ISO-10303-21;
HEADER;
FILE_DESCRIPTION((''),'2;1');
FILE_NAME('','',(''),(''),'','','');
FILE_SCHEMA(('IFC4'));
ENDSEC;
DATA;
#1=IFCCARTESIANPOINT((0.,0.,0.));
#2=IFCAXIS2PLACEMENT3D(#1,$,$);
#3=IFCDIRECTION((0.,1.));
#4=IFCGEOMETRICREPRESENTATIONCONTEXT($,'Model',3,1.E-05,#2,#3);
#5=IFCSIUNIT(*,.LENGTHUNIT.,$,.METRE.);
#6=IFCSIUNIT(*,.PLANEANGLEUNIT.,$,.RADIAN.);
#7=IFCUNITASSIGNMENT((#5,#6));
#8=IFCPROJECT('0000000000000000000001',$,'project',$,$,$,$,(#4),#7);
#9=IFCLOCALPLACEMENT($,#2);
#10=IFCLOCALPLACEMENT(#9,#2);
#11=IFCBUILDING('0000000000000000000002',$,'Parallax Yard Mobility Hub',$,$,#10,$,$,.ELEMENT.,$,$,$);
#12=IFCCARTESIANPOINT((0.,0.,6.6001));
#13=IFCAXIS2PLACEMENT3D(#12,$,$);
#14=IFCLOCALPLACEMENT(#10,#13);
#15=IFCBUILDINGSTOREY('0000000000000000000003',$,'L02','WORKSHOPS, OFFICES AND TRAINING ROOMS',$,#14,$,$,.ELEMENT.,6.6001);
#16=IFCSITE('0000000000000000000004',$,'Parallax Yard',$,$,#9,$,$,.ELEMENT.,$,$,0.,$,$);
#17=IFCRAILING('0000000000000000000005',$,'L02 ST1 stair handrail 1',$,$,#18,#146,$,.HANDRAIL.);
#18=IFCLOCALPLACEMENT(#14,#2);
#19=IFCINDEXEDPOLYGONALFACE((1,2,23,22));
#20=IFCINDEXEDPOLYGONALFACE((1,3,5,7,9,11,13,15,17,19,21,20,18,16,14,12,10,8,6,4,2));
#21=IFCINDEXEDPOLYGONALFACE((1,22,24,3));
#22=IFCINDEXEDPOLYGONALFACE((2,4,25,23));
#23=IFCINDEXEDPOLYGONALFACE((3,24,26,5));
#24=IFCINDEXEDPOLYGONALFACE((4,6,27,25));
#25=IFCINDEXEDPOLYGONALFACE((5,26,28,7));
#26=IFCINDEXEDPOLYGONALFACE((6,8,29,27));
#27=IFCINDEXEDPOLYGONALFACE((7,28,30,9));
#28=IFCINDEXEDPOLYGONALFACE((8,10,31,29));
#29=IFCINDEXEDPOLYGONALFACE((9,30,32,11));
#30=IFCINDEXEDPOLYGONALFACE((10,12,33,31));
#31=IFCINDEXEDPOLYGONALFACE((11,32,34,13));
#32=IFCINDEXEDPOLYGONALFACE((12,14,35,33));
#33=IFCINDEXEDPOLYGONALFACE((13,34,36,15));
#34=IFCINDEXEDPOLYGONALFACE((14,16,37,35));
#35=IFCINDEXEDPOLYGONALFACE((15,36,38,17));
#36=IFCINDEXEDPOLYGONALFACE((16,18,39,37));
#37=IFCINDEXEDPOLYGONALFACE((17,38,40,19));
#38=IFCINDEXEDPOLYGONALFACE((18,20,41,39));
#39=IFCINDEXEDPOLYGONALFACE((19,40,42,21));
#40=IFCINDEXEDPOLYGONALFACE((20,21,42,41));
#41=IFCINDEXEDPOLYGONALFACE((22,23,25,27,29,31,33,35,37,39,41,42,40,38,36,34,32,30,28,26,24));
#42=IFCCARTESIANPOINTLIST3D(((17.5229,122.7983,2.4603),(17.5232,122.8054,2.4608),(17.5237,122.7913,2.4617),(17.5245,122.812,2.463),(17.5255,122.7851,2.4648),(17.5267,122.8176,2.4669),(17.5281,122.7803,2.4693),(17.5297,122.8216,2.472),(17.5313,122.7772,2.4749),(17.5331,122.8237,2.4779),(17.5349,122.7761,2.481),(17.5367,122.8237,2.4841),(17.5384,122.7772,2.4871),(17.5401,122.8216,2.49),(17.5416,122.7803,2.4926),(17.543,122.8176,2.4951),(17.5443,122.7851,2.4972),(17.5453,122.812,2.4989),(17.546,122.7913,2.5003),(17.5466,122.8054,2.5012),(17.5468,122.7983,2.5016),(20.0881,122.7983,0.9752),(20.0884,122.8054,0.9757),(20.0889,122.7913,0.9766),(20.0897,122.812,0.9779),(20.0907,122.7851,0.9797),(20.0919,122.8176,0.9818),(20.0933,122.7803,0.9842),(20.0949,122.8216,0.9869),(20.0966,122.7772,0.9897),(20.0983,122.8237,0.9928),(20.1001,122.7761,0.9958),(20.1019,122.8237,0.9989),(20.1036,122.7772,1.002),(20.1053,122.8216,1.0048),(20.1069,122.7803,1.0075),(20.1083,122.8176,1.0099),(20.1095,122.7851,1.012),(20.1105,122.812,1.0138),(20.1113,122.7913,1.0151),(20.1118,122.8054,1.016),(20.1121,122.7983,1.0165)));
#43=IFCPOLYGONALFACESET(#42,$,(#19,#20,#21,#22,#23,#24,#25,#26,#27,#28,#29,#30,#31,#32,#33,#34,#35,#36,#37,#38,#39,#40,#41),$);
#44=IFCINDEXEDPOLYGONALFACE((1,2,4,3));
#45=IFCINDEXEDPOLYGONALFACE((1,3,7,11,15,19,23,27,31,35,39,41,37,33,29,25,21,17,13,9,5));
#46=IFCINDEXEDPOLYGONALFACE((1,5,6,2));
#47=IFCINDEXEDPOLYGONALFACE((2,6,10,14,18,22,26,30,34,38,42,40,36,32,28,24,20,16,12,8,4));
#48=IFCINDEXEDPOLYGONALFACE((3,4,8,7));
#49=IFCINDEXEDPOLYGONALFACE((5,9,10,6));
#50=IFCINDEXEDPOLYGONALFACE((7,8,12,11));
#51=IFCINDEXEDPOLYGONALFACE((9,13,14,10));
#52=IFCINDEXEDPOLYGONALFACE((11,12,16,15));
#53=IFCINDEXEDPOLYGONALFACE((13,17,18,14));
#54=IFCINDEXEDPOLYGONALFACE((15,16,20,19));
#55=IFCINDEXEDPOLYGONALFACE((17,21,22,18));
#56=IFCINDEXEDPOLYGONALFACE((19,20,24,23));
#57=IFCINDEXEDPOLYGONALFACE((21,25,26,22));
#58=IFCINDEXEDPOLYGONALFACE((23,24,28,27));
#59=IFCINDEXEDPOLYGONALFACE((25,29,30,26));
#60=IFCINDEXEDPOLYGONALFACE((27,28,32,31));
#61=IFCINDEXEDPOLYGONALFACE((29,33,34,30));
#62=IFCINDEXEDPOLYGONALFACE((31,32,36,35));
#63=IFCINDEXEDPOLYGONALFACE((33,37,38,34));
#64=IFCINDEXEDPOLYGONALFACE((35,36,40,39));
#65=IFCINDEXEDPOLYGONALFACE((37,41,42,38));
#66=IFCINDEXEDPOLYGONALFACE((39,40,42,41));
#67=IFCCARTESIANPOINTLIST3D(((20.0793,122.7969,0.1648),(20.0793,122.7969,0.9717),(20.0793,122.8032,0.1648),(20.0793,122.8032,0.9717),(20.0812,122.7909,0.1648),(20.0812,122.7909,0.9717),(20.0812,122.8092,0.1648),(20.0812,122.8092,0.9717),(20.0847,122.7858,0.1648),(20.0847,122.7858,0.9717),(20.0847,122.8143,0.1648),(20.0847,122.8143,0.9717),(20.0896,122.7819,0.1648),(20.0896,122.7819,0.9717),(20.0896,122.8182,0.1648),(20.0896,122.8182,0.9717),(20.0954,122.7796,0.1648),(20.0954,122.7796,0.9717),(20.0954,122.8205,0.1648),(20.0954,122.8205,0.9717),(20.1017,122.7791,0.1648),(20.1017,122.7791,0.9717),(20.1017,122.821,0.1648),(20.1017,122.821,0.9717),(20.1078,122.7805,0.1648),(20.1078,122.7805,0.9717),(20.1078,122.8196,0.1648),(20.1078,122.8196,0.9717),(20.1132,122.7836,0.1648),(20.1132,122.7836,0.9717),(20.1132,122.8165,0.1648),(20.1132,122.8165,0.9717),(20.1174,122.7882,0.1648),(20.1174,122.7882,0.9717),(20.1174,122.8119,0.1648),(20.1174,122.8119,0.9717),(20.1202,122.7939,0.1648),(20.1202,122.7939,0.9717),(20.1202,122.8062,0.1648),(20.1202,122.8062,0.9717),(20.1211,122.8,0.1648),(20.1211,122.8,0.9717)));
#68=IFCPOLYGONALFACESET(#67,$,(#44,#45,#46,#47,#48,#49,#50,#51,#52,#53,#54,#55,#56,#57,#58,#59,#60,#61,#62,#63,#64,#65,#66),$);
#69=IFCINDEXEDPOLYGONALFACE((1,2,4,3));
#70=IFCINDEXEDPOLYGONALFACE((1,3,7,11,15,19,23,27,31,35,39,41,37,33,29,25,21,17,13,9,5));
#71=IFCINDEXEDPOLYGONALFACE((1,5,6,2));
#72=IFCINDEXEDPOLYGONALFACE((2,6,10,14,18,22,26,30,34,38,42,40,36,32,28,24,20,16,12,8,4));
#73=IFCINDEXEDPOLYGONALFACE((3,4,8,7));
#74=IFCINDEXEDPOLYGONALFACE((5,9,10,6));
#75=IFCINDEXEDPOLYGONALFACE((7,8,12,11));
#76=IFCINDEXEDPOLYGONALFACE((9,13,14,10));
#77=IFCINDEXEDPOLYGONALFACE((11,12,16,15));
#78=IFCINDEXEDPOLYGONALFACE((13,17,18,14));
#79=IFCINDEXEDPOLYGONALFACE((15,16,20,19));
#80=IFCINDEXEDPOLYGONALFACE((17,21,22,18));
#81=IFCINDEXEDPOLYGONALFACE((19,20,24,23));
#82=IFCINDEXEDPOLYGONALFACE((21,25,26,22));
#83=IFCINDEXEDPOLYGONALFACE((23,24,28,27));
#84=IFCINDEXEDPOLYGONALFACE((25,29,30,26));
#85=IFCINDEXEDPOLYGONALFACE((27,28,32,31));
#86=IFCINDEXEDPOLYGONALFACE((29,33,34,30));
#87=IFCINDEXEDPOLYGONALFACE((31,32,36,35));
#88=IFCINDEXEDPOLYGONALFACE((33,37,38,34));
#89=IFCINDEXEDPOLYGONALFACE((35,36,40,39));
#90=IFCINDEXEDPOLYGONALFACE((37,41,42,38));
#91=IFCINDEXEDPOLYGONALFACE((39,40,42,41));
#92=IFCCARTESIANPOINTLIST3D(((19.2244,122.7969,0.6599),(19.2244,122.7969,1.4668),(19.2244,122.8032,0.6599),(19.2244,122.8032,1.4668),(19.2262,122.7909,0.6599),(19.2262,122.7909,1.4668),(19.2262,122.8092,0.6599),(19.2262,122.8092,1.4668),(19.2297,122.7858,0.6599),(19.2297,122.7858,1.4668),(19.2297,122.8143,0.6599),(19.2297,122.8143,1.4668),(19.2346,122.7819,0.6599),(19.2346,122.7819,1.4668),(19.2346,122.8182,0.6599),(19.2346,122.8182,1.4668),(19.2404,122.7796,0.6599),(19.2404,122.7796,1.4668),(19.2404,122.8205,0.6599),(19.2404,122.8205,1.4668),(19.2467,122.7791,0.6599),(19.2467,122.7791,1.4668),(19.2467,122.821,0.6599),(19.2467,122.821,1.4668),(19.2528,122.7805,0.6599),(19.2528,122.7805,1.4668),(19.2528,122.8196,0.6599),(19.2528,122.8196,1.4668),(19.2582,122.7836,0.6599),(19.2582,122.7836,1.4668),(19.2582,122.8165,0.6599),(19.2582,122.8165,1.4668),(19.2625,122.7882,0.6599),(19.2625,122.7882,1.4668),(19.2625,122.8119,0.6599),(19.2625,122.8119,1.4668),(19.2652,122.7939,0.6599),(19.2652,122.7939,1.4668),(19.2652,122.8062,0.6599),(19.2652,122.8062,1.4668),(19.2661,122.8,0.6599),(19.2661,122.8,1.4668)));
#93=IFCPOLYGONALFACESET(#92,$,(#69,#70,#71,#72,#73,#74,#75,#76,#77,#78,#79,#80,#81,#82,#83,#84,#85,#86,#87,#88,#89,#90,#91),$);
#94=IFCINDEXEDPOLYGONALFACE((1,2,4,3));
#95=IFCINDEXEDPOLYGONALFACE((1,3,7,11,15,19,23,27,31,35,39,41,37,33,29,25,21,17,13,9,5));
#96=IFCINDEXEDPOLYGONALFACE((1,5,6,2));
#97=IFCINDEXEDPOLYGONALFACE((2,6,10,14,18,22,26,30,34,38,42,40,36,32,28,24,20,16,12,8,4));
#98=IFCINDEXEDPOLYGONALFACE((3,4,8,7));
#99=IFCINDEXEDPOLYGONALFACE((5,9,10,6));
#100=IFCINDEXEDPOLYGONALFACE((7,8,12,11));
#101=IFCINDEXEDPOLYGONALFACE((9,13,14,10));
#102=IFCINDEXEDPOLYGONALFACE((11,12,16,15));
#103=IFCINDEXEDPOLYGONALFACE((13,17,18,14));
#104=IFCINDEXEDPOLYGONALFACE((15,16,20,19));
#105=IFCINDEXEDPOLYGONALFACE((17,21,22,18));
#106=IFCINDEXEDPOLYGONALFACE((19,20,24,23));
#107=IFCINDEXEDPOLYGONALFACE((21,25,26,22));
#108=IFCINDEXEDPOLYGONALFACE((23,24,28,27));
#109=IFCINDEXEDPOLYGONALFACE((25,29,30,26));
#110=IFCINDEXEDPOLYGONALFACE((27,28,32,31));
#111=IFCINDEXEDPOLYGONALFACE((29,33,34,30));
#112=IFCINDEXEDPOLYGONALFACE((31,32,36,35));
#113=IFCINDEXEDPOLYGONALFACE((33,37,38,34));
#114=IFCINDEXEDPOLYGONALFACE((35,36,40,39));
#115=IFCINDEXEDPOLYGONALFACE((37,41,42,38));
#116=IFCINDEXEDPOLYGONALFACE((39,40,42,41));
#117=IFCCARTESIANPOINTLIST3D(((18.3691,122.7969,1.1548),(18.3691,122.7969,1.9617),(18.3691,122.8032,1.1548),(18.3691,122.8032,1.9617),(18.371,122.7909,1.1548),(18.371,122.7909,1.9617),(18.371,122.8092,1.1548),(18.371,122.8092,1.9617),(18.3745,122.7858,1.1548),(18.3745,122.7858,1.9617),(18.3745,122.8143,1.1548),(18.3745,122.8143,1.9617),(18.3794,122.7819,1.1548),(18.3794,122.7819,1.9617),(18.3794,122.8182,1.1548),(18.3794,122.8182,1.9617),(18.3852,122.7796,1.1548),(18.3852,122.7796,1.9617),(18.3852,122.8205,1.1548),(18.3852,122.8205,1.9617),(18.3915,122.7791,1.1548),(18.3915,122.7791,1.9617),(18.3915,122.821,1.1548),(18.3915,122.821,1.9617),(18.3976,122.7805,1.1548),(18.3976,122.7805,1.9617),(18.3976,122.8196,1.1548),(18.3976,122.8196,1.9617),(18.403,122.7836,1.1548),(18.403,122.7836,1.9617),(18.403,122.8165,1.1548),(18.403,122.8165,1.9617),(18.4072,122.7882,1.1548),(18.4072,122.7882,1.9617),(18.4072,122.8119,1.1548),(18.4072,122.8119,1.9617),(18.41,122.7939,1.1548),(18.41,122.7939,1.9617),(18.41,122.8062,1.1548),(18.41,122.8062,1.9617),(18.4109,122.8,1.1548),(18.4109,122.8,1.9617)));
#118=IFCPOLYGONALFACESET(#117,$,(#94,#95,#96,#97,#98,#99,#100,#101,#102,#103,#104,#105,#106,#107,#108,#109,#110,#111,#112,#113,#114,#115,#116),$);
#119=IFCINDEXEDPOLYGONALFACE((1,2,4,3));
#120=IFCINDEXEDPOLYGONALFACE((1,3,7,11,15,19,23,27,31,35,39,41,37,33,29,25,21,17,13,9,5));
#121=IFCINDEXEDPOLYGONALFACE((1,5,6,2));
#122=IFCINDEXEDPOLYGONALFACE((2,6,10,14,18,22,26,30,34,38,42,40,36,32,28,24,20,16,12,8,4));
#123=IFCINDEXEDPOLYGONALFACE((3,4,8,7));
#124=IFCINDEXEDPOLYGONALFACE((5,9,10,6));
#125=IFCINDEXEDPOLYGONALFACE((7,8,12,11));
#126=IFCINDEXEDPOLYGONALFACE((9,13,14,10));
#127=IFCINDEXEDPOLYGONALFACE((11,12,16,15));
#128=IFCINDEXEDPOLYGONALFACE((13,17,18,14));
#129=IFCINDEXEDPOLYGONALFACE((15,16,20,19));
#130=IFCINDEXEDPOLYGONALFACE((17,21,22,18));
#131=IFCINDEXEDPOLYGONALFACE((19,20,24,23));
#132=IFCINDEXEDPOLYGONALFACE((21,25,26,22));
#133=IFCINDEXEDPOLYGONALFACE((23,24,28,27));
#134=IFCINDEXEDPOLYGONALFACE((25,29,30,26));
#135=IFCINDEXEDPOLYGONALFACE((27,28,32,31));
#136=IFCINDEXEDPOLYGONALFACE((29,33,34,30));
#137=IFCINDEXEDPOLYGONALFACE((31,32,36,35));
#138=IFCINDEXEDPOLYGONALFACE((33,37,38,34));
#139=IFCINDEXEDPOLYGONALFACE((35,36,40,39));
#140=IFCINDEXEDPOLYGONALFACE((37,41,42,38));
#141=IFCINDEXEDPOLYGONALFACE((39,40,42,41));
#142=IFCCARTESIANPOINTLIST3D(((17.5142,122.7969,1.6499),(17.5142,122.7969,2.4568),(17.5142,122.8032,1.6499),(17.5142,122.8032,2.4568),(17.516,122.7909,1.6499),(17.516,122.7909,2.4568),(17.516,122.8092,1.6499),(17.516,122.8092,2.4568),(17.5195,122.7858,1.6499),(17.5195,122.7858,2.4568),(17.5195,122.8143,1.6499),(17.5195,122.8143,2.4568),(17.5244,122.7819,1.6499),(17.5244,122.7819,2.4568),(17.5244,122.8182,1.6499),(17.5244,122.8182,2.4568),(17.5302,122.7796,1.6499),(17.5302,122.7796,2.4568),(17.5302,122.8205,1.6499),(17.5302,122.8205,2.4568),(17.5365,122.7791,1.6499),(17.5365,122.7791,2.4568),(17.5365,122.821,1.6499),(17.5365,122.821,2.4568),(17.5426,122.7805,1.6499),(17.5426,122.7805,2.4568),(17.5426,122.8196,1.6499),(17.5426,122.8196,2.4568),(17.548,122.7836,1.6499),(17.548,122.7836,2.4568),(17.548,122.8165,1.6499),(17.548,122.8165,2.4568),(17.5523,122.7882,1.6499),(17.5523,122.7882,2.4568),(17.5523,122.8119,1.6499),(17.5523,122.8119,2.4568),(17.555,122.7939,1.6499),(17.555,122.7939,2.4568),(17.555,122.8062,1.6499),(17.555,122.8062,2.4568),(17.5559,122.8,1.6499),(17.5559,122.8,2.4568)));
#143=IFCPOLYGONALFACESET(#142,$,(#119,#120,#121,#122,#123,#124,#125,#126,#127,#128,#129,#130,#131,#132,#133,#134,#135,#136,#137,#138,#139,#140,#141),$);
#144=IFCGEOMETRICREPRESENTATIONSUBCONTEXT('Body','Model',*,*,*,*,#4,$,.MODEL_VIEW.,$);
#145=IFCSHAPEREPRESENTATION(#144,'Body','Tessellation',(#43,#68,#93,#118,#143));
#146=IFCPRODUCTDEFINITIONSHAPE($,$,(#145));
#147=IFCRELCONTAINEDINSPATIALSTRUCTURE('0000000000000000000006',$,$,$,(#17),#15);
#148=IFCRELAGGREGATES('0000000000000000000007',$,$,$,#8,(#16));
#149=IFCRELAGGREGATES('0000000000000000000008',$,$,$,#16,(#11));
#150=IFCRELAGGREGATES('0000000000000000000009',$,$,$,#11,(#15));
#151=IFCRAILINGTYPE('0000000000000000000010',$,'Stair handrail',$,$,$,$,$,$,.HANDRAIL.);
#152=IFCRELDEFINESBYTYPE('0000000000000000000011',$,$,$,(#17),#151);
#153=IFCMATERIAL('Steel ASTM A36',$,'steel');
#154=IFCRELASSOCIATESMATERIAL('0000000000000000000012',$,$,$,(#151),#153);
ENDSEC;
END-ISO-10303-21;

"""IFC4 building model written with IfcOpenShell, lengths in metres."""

from ifc_helpers import new_model, si_unit, direction, frame, origin, origin_2d, place, context, subcontext, project, spatial, circle, extrude, material, type_object, element, save


model = new_model("IFC4")

# Units and contexts
model_context = context("Model", 3, precision=1e-05, world=origin(), true_north=direction((0.0, 1.0)))
body_context = subcontext(model_context, "Body", "Model", "MODEL_VIEW")
ifc_project = project(units=[si_unit("LENGTHUNIT", "METRE"), si_unit("PLANEANGLEUNIT", "RADIAN")], contexts=[model_context])

# Site, building, storey
site_placement = place(None, origin())
site = spatial("IfcSite", under=ifc_project, at=site_placement, Name="Parallax Yard", CompositionType="ELEMENT", RefElevation=0.0)
building_placement = place(site_placement, origin())
building = spatial("IfcBuilding", under=site, at=building_placement, Name="Parallax Yard Mobility Hub", CompositionType="ELEMENT")
storey_placement = place(building_placement, frame((0.0, 0.0, 6.6001)))
storey = spatial("IfcBuildingStorey", under=building, at=storey_placement, Name="L02", Description="WORKSHOPS, OFFICES AND TRAINING ROOMS", CompositionType="ELEMENT", Elevation=6.6001)

# Railing
ifc_material_1 = material(Name="Steel ASTM A36", Category="steel")
railing_type_1 = type_object("IfcRailingType", Name="Stair handrail", PredefinedType="HANDRAIL", material=ifc_material_1)
railing_1_placement = place(storey_placement, frame((20.1001, 122.8, 0.1648)))
element("IfcRailing", 1, at=railing_1_placement, inside=storey, type_object=railing_type_1, Name="L02 ST1 stair handrail 1", PredefinedType="HANDRAIL", context=body_context, shape_type="SweptSolid", body=[
    extrude(circle(Radius=0.0239, at=origin_2d()), frame((0.0, 0.0, 0.8311), z_axis=(-0.865426, 0.0, 0.501036), x_axis=(0.0, -1.0, 0.0)), (0.0, 0.0, 1.0), 2.9641),
    extrude(circle(Radius=0.021, at=origin_2d()), origin(), (0.0, 0.0, 1.0), 0.8069),
    extrude(circle(Radius=0.021, at=origin_2d()), frame((-0.855, 0.0, 0.4951)), (0.0, 0.0, 1.0), 0.8069),
    extrude(circle(Radius=0.021, at=origin_2d()), frame((-1.7102, 0.0, 0.99)), (0.0, 0.0, 1.0), 0.8069),
    extrude(circle(Radius=0.021, at=origin_2d()), frame((-2.5652, 0.0, 1.4851)), (0.0, 0.0, 1.0), 0.8069),
])

save(model, "model.ifc")
